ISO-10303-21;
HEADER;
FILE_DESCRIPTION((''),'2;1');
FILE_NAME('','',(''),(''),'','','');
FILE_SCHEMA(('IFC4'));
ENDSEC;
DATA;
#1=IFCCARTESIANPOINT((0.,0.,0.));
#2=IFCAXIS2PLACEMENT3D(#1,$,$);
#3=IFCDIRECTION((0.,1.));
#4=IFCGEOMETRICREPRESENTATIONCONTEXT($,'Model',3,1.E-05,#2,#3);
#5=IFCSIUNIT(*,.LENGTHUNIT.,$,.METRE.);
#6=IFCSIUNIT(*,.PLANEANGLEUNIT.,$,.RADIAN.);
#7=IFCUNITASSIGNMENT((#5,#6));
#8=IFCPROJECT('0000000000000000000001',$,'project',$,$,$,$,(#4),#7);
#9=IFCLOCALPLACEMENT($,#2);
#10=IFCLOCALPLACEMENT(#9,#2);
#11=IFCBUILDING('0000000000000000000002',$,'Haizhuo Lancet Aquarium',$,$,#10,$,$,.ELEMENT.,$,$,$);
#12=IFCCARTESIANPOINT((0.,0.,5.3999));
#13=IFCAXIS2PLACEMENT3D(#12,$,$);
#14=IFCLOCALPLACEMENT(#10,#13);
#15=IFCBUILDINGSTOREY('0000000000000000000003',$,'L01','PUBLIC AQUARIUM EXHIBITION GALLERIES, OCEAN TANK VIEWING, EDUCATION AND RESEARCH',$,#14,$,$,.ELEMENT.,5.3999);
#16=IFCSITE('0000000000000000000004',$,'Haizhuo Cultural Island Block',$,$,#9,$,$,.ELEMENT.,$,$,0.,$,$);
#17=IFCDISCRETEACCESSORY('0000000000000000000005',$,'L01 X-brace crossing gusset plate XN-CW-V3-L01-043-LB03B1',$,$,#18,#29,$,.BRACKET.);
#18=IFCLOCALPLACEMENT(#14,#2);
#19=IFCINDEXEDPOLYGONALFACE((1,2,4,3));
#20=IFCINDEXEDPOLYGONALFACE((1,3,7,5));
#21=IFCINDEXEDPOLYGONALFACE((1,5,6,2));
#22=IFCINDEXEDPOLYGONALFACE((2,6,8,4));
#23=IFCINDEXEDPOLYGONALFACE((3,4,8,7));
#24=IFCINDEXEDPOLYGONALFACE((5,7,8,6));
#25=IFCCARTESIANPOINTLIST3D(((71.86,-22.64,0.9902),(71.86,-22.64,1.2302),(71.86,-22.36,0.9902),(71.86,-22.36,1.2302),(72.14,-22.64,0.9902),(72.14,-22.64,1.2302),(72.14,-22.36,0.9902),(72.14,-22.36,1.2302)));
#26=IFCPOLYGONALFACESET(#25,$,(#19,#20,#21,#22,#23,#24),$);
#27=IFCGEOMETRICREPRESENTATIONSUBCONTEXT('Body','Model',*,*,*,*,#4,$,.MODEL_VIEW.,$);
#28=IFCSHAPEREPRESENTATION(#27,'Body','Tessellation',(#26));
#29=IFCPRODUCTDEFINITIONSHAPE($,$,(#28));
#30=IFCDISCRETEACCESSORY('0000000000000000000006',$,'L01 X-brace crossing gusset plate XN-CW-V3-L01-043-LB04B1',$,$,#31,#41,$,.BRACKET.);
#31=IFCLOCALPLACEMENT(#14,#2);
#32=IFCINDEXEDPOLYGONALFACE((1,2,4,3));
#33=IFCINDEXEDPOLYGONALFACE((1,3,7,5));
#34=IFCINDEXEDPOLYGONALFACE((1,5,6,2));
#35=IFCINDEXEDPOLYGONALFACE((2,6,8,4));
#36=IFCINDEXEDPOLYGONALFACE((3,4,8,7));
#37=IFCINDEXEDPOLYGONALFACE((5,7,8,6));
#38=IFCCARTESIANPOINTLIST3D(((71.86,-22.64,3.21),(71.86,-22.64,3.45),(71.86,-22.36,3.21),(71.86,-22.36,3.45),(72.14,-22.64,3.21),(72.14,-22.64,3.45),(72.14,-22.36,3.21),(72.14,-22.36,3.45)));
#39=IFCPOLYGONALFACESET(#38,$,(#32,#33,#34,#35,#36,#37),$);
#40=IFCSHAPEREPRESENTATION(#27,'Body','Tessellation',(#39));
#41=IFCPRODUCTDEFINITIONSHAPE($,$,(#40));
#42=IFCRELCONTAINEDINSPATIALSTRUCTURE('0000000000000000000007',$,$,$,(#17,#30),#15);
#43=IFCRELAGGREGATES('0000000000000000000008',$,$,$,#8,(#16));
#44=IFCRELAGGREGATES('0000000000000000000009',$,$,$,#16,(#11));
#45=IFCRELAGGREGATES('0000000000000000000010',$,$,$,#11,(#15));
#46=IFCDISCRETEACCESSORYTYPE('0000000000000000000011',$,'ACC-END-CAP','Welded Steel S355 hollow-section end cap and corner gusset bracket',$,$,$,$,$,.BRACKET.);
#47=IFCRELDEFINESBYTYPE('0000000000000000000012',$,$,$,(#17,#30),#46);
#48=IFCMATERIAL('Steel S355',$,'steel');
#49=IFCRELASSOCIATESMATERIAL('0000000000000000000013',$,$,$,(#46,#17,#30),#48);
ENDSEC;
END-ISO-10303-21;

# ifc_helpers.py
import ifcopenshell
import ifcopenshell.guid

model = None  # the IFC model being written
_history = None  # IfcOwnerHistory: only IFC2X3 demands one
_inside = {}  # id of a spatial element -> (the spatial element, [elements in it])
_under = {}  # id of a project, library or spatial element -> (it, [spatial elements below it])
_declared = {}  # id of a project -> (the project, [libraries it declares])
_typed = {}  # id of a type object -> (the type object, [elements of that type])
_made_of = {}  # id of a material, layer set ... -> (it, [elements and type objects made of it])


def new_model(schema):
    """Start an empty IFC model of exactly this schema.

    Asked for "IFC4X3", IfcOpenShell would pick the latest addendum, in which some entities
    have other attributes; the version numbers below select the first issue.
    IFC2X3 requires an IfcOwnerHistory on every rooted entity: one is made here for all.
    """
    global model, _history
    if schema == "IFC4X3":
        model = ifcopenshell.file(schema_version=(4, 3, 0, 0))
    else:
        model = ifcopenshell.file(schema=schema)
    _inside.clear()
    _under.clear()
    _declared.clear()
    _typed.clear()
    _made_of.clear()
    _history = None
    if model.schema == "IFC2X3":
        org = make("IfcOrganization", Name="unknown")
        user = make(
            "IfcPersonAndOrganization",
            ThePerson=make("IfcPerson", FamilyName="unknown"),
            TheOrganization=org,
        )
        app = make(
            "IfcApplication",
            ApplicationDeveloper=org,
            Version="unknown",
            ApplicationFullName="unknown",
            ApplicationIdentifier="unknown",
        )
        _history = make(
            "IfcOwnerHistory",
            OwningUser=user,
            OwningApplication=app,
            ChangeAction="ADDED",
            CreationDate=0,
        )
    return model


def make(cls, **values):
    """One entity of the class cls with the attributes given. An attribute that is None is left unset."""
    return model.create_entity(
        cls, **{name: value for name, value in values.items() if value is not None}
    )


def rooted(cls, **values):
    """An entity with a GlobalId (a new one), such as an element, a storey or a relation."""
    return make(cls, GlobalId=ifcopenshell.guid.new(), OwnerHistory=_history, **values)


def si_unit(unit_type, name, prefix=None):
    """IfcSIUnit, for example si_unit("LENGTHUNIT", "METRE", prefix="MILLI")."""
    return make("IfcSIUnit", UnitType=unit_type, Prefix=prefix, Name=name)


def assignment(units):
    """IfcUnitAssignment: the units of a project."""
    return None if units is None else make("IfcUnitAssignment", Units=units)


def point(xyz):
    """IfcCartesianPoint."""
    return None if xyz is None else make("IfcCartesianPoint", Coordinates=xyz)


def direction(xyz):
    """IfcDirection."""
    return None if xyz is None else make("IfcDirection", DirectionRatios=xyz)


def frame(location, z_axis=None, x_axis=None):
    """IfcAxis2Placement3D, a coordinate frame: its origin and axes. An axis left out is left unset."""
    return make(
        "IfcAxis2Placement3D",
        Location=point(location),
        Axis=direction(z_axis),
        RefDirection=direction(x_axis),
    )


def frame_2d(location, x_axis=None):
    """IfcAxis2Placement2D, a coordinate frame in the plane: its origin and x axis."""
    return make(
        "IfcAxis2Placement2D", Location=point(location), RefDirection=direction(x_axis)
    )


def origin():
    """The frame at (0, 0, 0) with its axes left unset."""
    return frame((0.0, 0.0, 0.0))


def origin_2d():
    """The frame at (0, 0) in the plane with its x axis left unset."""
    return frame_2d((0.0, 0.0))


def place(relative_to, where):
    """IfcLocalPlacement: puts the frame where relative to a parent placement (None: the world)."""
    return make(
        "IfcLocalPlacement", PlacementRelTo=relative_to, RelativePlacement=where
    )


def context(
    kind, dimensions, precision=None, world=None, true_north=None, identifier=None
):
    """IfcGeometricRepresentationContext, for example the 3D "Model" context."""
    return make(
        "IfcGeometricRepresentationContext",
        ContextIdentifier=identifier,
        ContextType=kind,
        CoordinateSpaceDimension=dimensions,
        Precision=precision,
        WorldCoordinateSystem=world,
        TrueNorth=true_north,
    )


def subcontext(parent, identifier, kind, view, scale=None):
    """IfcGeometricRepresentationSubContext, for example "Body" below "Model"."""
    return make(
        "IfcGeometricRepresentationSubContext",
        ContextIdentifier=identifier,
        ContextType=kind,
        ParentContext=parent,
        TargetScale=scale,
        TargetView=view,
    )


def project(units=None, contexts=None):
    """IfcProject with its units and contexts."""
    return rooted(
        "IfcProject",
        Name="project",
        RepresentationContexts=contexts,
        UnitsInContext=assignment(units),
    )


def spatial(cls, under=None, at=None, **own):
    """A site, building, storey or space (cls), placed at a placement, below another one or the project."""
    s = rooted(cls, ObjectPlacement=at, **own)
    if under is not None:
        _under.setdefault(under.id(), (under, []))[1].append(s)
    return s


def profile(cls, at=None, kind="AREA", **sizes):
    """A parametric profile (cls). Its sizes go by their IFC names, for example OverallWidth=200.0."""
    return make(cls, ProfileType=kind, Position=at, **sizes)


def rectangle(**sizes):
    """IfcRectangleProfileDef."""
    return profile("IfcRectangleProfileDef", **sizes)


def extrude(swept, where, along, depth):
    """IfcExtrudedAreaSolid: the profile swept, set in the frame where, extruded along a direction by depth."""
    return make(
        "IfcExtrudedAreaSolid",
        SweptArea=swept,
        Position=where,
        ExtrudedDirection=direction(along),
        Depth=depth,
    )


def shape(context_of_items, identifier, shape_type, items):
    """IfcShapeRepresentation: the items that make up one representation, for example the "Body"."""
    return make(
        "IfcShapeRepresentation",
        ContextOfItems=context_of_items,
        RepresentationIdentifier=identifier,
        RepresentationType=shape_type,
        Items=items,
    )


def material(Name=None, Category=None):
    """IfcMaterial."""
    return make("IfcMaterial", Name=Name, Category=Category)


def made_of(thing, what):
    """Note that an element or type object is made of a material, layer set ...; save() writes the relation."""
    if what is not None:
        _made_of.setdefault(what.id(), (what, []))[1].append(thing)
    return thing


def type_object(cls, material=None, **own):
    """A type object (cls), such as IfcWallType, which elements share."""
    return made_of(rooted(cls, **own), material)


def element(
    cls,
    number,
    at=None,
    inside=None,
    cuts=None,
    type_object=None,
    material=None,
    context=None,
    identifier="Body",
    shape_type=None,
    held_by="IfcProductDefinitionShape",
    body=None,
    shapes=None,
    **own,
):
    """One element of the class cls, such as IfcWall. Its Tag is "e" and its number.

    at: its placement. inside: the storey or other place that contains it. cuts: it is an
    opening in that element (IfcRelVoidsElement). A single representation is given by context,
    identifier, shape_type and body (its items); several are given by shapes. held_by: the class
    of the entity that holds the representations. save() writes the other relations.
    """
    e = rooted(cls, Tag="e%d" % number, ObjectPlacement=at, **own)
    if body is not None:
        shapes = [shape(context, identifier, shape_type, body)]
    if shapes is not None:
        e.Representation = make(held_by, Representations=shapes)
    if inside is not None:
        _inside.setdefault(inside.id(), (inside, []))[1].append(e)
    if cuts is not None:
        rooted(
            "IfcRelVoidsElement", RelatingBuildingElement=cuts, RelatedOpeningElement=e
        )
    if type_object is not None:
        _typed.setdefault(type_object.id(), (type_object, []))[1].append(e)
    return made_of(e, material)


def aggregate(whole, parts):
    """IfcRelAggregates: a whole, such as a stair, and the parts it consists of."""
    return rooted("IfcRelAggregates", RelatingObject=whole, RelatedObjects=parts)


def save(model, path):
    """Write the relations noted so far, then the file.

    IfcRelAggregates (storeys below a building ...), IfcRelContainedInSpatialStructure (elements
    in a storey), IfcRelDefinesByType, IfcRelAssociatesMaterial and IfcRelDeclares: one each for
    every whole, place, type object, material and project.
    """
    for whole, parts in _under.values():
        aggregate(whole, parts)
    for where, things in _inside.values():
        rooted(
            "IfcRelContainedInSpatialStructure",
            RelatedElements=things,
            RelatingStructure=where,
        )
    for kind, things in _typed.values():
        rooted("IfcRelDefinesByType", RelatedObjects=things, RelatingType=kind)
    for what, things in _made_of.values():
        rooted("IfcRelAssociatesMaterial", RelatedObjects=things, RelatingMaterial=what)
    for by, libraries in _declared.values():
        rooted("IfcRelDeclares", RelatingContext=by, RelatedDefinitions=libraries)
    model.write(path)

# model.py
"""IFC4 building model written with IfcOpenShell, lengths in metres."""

from ifc_helpers import new_model, si_unit, direction, frame, origin, origin_2d, place, context, subcontext, project, spatial, rectangle, extrude, material, type_object, element, save


model = new_model("IFC4")

# Units and contexts
model_context = context("Model", 3, precision=1e-05, world=origin(), true_north=direction((0.0, 1.0)))
body_context = subcontext(model_context, "Body", "Model", "MODEL_VIEW")
ifc_project = project(units=[si_unit("LENGTHUNIT", "METRE"), si_unit("PLANEANGLEUNIT", "RADIAN")], contexts=[model_context])

# Site, building, storey
site_placement = place(None, origin())
site = spatial("IfcSite", under=ifc_project, at=site_placement, Name="Haizhuo Cultural Island Block", CompositionType="ELEMENT", RefElevation=0.0)
building_placement = place(site_placement, origin())
building = spatial("IfcBuilding", under=site, at=building_placement, Name="Haizhuo Lancet Aquarium", CompositionType="ELEMENT")
storey_placement = place(building_placement, frame((0.0, 0.0, 5.3999)))
storey = spatial("IfcBuildingStorey", under=building, at=storey_placement, Name="L01", Description="PUBLIC AQUARIUM EXHIBITION GALLERIES, OCEAN TANK VIEWING, EDUCATION AND RESEARCH", CompositionType="ELEMENT", Elevation=5.3999)

# Shared definitions
ifc_material_1 = material(Name="Steel S355", Category="steel")

# Discrete accessories
discrete_accessory_type = type_object("IfcDiscreteAccessoryType", Name="ACC-END-CAP", Description="Welded Steel S355 hollow-section end cap and corner gusset bracket", PredefinedType="BRACKET", material=ifc_material_1)
for number, where, z_axis, x_axis, name in (
    (1, (72.0, -22.5, 0.9902), (0.0, 0.0, 1.0), (1.0, 0.0, 0.0), "L01 X-brace crossing gusset plate XN-CW-V3-L01-043-LB03B1"),
    (2, (72.0, -22.5, 3.21), (0.0, 0.0, 1.0), (1.0, 0.0, 0.0), "L01 X-brace crossing gusset plate XN-CW-V3-L01-043-LB04B1"),
):
    element("IfcDiscreteAccessory", number, at=place(storey_placement, frame(where, z_axis=z_axis, x_axis=x_axis)), inside=storey, type_object=discrete_accessory_type, material=ifc_material_1, Name=name, PredefinedType="BRACKET", context=body_context, shape_type="SweptSolid", body=[
        extrude(rectangle(XDim=0.28, YDim=0.28, at=origin_2d()), origin(), (0.0, 0.0, 1.0), 0.24),
    ])

save(model, "model.ifc")
